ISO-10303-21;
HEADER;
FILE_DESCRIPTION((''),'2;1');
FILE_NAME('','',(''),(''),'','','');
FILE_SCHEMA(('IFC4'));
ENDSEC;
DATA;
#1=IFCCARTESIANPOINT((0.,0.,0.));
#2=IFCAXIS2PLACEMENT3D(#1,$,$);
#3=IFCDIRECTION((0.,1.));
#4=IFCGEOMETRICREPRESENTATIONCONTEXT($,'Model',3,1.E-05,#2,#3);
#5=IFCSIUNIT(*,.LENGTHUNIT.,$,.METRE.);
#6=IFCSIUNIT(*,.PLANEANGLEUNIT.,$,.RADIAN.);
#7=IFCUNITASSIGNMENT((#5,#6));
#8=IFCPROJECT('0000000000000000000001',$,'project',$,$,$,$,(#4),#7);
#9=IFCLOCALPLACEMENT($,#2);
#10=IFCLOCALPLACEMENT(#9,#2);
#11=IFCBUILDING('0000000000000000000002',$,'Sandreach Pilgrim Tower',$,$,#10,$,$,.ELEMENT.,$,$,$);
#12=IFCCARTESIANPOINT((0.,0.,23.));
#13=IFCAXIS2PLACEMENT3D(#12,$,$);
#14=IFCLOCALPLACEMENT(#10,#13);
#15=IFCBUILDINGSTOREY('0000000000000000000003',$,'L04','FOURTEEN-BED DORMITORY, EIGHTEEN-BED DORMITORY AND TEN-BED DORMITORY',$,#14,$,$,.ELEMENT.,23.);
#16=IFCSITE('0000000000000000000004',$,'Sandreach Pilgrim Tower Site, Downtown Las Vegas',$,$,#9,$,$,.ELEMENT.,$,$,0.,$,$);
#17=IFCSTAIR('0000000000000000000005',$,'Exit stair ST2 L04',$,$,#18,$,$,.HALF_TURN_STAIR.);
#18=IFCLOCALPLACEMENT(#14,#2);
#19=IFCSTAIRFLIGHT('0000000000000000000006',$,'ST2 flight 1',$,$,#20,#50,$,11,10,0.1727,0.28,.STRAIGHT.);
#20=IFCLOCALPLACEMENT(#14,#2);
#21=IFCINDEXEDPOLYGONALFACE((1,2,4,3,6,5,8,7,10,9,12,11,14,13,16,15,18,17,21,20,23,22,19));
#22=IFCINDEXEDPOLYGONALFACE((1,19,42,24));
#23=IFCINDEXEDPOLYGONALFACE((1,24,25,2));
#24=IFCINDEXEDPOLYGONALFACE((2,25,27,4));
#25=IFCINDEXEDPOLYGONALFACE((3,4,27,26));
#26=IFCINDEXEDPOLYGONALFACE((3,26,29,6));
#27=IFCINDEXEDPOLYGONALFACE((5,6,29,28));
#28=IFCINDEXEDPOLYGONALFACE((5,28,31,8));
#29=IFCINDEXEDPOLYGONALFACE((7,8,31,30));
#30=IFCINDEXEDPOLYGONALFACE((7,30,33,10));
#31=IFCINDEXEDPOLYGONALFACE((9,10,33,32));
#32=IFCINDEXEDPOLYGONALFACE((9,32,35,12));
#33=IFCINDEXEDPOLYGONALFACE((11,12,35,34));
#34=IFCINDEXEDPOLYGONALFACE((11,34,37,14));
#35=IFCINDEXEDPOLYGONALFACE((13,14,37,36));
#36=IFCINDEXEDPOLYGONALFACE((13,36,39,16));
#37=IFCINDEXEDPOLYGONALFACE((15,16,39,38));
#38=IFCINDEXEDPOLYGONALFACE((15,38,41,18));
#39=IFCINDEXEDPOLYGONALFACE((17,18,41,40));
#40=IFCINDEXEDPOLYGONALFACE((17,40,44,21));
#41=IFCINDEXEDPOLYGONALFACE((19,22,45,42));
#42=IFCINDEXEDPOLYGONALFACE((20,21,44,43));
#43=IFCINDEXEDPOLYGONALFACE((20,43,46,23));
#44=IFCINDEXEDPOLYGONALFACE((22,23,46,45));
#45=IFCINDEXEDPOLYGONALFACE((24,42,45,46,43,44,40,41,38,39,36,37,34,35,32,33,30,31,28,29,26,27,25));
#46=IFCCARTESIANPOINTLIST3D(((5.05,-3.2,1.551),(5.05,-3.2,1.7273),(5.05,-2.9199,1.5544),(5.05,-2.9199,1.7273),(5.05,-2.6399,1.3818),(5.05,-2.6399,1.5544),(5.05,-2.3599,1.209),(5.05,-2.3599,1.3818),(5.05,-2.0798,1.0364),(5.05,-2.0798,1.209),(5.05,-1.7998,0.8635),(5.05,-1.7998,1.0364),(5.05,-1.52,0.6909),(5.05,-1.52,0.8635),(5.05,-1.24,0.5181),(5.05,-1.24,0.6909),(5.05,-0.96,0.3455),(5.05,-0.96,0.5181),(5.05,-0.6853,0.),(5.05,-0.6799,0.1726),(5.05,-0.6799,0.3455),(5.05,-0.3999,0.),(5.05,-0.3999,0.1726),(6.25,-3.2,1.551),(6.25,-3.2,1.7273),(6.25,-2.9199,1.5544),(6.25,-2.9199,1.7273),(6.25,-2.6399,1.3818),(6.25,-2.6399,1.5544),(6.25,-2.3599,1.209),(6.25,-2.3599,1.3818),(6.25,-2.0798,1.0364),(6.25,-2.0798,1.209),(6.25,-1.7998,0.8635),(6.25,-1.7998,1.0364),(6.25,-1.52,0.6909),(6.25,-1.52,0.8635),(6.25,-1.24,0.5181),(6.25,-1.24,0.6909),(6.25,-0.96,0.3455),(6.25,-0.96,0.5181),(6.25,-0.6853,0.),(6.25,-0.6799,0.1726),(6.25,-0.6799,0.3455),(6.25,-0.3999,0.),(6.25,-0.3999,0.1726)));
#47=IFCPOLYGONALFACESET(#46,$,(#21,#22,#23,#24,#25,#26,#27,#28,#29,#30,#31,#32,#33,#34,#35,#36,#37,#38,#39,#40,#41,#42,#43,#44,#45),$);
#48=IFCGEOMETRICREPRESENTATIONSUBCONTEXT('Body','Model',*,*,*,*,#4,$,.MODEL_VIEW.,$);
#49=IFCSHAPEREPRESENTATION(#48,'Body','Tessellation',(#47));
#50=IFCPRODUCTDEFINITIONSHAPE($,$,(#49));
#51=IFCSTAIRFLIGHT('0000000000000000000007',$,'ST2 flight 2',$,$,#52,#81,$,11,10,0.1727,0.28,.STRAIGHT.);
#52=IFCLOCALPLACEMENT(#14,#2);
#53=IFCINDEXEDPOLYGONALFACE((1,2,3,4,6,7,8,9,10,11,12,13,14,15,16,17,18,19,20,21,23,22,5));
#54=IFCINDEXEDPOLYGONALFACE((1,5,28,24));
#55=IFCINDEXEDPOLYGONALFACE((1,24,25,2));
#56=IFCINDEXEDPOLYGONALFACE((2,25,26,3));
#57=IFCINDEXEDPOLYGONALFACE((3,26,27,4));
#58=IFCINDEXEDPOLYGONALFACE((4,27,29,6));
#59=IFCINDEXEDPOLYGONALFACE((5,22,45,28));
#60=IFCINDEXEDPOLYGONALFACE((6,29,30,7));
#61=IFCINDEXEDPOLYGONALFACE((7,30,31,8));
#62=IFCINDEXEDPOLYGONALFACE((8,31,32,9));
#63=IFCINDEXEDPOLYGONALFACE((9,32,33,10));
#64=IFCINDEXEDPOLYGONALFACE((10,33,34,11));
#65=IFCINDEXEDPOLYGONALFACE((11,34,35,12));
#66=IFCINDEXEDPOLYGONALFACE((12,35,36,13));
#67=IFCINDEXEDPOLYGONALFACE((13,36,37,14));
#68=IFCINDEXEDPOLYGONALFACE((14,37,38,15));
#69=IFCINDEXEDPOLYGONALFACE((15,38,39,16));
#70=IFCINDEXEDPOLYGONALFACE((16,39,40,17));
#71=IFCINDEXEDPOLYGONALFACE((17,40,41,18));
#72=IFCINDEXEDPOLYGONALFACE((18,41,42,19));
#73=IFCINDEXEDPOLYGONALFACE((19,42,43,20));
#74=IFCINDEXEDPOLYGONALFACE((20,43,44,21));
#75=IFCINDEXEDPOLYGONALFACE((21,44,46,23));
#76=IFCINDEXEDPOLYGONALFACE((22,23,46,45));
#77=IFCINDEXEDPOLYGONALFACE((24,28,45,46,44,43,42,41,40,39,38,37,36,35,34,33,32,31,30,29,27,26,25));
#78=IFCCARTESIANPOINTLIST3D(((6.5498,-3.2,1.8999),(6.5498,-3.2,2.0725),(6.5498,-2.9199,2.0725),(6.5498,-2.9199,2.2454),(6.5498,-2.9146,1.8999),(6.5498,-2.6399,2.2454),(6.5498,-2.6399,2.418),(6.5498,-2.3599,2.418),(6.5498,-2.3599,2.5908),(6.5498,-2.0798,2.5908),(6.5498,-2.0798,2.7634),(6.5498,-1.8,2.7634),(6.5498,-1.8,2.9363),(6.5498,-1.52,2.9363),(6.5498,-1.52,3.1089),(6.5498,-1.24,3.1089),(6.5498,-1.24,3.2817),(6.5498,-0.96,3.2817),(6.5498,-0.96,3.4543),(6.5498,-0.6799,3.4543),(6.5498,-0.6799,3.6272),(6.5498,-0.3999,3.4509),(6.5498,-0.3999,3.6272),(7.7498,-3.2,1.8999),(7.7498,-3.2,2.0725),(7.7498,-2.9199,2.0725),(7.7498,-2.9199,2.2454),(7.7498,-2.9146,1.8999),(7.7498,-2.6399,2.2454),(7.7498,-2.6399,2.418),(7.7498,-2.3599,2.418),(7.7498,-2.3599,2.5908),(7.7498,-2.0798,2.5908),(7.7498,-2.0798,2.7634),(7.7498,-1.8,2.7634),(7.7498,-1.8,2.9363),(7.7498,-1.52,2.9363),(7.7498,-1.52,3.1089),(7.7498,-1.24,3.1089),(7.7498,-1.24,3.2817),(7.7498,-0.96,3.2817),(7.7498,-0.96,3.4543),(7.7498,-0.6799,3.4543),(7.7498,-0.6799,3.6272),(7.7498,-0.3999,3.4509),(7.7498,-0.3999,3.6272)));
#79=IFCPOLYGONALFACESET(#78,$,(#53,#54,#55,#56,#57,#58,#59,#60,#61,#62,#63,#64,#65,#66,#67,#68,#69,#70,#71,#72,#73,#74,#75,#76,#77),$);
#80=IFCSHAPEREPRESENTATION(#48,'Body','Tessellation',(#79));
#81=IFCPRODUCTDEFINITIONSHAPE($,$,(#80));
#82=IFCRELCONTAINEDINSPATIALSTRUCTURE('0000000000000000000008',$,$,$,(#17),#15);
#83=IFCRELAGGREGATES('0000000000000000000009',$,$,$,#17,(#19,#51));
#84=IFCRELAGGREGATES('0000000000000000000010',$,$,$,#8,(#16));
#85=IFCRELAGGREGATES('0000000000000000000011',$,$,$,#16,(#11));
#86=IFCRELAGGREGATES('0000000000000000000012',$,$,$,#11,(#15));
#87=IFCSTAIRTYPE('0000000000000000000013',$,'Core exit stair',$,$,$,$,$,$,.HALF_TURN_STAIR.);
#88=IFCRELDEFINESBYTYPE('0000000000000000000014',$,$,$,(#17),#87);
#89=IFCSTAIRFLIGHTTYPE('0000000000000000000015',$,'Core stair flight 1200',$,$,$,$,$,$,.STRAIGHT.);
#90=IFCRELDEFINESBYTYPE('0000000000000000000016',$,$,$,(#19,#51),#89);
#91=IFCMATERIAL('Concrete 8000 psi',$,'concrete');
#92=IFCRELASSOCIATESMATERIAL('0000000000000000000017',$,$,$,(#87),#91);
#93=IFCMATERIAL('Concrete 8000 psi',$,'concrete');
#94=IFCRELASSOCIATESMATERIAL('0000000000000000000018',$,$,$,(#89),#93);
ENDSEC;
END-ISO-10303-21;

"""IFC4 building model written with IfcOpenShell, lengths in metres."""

from ifc_helpers import new_model, si_unit, direction, frame, origin, place, context, subcontext, project, spatial, polyline, outline, extrude, material, type_object, element, aggregate, save


model = new_model("IFC4")

# Units and contexts
model_context = context("Model", 3, precision=1e-05, world=origin(), true_north=direction((0.0, 1.0)))
body_context = subcontext(model_context, "Body", "Model", "MODEL_VIEW")
ifc_project = project(units=[si_unit("LENGTHUNIT", "METRE"), si_unit("PLANEANGLEUNIT", "RADIAN")], contexts=[model_context])

# Site, building, storey
site_placement = place(None, origin())
site = spatial("IfcSite", under=ifc_project, at=site_placement, Name="Sandreach Pilgrim Tower Site, Downtown Las Vegas", CompositionType="ELEMENT", RefElevation=0.0)
building_placement = place(site_placement, origin())
building = spatial("IfcBuilding", under=site, at=building_placement, Name="Sandreach Pilgrim Tower", CompositionType="ELEMENT")
storey_placement = place(building_placement, frame((0.0, 0.0, 23.0)))
storey = spatial("IfcBuildingStorey", under=building, at=storey_placement, Name="L04", Description="FOURTEEN-BED DORMITORY, EIGHTEEN-BED DORMITORY AND TEN-BED DORMITORY", CompositionType="ELEMENT", Elevation=23.0)

# Shared definitions
ifc_material_1 = material(Name="Concrete 8000 psi", Category="concrete")
stair_type = type_object("IfcStairType", Name="Core exit stair", PredefinedType="HALF_TURN_STAIR", material=ifc_material_1)
ifc_material_2 = material(Name="Concrete 8000 psi", Category="concrete")
stair_flight_type = type_object("IfcStairFlightType", Name="Core stair flight 1200", PredefinedType="STRAIGHT", material=ifc_material_2)

# Stair, stair flights
stair_1_placement = place(storey_placement, origin())
stair_1 = element("IfcStair", 1, at=stair_1_placement, inside=storey, type_object=stair_type, Name="Exit stair ST2 L04", PredefinedType="HALF_TURN_STAIR")
stair_flight_1_placement = place(storey_placement, frame((5.6499, -0.3999, 0.0), z_axis=(0.0, 0.0, 1.0), x_axis=(0.0, -1.0, 0.0)))
stair_flight_1 = element("IfcStairFlight", 2, at=stair_flight_1_placement, type_object=stair_flight_type, Name="ST2 flight 1", NumberOfRisers=11, NumberOfTreads=10, PredefinedType="STRAIGHT", RiserHeight=0.1727, TreadLength=0.28, context=body_context, shape_type="SweptSolid", body=[
    extrude(outline(polyline([(0.0, 0.0), (0.0, 0.1726), (0.28, 0.1726), (0.28, 0.3455), (0.5601, 0.3455), (0.5601, 0.5181), (0.8401, 0.5181), (0.8401, 0.6909), (1.1201, 0.6909), (1.1201, 0.8635), (1.3999, 0.8635), (1.3999, 1.0364), (1.6799, 1.0364), (1.6799, 1.209), (1.96, 1.209), (1.96, 1.3818), (2.24, 1.3818), (2.24, 1.5544), (2.52, 1.5544), (2.52, 1.7273), (2.8, 1.7273), (2.8, 1.8999), (2.8, 1.551), (0.2854, 0.0), (0.0, 0.0)])), frame((0.0, 0.6001, 0.0), z_axis=(0.0, -1.0, 0.0), x_axis=(1.0, 0.0, 0.0)), (0.0, 0.0, 1.0), 1.2),
])
stair_flight_2_placement = place(storey_placement, frame((7.1499, -3.2, 1.8999), z_axis=(0.0, 0.0, 1.0), x_axis=(0.0, 1.0, 0.0)))
stair_flight_2 = element("IfcStairFlight", 3, at=stair_flight_2_placement, type_object=stair_flight_type, Name="ST2 flight 2", NumberOfRisers=11, NumberOfTreads=10, PredefinedType="STRAIGHT", RiserHeight=0.1727, TreadLength=0.28, context=body_context, shape_type="SweptSolid", body=[
    extrude(outline(polyline([(0.0, 0.0), (0.0, 0.1726), (0.28, 0.1726), (0.28, 0.3455), (0.5601, 0.3455), (0.5601, 0.5181), (0.8401, 0.5181), (0.8401, 0.6909), (1.1201, 0.6909), (1.1201, 0.8635), (1.3999, 0.8635), (1.3999, 1.0364), (1.6799, 1.0364), (1.6799, 1.209), (1.96, 1.209), (1.96, 1.3818), (2.24, 1.3818), (2.24, 1.5544), (2.52, 1.5544), (2.52, 1.7273), (2.8, 1.7273), (2.8, 1.8999), (2.8, 1.551), (0.2854, 0.0), (0.0, 0.0)])), frame((0.0, 0.6001, 0.0), z_axis=(0.0, -1.0, 0.0), x_axis=(1.0, 0.0, 0.0)), (0.0, 0.0, 1.0), 1.2),
])
aggregate(stair_1, [stair_flight_1, stair_flight_2])

save(model, "model.ifc")
